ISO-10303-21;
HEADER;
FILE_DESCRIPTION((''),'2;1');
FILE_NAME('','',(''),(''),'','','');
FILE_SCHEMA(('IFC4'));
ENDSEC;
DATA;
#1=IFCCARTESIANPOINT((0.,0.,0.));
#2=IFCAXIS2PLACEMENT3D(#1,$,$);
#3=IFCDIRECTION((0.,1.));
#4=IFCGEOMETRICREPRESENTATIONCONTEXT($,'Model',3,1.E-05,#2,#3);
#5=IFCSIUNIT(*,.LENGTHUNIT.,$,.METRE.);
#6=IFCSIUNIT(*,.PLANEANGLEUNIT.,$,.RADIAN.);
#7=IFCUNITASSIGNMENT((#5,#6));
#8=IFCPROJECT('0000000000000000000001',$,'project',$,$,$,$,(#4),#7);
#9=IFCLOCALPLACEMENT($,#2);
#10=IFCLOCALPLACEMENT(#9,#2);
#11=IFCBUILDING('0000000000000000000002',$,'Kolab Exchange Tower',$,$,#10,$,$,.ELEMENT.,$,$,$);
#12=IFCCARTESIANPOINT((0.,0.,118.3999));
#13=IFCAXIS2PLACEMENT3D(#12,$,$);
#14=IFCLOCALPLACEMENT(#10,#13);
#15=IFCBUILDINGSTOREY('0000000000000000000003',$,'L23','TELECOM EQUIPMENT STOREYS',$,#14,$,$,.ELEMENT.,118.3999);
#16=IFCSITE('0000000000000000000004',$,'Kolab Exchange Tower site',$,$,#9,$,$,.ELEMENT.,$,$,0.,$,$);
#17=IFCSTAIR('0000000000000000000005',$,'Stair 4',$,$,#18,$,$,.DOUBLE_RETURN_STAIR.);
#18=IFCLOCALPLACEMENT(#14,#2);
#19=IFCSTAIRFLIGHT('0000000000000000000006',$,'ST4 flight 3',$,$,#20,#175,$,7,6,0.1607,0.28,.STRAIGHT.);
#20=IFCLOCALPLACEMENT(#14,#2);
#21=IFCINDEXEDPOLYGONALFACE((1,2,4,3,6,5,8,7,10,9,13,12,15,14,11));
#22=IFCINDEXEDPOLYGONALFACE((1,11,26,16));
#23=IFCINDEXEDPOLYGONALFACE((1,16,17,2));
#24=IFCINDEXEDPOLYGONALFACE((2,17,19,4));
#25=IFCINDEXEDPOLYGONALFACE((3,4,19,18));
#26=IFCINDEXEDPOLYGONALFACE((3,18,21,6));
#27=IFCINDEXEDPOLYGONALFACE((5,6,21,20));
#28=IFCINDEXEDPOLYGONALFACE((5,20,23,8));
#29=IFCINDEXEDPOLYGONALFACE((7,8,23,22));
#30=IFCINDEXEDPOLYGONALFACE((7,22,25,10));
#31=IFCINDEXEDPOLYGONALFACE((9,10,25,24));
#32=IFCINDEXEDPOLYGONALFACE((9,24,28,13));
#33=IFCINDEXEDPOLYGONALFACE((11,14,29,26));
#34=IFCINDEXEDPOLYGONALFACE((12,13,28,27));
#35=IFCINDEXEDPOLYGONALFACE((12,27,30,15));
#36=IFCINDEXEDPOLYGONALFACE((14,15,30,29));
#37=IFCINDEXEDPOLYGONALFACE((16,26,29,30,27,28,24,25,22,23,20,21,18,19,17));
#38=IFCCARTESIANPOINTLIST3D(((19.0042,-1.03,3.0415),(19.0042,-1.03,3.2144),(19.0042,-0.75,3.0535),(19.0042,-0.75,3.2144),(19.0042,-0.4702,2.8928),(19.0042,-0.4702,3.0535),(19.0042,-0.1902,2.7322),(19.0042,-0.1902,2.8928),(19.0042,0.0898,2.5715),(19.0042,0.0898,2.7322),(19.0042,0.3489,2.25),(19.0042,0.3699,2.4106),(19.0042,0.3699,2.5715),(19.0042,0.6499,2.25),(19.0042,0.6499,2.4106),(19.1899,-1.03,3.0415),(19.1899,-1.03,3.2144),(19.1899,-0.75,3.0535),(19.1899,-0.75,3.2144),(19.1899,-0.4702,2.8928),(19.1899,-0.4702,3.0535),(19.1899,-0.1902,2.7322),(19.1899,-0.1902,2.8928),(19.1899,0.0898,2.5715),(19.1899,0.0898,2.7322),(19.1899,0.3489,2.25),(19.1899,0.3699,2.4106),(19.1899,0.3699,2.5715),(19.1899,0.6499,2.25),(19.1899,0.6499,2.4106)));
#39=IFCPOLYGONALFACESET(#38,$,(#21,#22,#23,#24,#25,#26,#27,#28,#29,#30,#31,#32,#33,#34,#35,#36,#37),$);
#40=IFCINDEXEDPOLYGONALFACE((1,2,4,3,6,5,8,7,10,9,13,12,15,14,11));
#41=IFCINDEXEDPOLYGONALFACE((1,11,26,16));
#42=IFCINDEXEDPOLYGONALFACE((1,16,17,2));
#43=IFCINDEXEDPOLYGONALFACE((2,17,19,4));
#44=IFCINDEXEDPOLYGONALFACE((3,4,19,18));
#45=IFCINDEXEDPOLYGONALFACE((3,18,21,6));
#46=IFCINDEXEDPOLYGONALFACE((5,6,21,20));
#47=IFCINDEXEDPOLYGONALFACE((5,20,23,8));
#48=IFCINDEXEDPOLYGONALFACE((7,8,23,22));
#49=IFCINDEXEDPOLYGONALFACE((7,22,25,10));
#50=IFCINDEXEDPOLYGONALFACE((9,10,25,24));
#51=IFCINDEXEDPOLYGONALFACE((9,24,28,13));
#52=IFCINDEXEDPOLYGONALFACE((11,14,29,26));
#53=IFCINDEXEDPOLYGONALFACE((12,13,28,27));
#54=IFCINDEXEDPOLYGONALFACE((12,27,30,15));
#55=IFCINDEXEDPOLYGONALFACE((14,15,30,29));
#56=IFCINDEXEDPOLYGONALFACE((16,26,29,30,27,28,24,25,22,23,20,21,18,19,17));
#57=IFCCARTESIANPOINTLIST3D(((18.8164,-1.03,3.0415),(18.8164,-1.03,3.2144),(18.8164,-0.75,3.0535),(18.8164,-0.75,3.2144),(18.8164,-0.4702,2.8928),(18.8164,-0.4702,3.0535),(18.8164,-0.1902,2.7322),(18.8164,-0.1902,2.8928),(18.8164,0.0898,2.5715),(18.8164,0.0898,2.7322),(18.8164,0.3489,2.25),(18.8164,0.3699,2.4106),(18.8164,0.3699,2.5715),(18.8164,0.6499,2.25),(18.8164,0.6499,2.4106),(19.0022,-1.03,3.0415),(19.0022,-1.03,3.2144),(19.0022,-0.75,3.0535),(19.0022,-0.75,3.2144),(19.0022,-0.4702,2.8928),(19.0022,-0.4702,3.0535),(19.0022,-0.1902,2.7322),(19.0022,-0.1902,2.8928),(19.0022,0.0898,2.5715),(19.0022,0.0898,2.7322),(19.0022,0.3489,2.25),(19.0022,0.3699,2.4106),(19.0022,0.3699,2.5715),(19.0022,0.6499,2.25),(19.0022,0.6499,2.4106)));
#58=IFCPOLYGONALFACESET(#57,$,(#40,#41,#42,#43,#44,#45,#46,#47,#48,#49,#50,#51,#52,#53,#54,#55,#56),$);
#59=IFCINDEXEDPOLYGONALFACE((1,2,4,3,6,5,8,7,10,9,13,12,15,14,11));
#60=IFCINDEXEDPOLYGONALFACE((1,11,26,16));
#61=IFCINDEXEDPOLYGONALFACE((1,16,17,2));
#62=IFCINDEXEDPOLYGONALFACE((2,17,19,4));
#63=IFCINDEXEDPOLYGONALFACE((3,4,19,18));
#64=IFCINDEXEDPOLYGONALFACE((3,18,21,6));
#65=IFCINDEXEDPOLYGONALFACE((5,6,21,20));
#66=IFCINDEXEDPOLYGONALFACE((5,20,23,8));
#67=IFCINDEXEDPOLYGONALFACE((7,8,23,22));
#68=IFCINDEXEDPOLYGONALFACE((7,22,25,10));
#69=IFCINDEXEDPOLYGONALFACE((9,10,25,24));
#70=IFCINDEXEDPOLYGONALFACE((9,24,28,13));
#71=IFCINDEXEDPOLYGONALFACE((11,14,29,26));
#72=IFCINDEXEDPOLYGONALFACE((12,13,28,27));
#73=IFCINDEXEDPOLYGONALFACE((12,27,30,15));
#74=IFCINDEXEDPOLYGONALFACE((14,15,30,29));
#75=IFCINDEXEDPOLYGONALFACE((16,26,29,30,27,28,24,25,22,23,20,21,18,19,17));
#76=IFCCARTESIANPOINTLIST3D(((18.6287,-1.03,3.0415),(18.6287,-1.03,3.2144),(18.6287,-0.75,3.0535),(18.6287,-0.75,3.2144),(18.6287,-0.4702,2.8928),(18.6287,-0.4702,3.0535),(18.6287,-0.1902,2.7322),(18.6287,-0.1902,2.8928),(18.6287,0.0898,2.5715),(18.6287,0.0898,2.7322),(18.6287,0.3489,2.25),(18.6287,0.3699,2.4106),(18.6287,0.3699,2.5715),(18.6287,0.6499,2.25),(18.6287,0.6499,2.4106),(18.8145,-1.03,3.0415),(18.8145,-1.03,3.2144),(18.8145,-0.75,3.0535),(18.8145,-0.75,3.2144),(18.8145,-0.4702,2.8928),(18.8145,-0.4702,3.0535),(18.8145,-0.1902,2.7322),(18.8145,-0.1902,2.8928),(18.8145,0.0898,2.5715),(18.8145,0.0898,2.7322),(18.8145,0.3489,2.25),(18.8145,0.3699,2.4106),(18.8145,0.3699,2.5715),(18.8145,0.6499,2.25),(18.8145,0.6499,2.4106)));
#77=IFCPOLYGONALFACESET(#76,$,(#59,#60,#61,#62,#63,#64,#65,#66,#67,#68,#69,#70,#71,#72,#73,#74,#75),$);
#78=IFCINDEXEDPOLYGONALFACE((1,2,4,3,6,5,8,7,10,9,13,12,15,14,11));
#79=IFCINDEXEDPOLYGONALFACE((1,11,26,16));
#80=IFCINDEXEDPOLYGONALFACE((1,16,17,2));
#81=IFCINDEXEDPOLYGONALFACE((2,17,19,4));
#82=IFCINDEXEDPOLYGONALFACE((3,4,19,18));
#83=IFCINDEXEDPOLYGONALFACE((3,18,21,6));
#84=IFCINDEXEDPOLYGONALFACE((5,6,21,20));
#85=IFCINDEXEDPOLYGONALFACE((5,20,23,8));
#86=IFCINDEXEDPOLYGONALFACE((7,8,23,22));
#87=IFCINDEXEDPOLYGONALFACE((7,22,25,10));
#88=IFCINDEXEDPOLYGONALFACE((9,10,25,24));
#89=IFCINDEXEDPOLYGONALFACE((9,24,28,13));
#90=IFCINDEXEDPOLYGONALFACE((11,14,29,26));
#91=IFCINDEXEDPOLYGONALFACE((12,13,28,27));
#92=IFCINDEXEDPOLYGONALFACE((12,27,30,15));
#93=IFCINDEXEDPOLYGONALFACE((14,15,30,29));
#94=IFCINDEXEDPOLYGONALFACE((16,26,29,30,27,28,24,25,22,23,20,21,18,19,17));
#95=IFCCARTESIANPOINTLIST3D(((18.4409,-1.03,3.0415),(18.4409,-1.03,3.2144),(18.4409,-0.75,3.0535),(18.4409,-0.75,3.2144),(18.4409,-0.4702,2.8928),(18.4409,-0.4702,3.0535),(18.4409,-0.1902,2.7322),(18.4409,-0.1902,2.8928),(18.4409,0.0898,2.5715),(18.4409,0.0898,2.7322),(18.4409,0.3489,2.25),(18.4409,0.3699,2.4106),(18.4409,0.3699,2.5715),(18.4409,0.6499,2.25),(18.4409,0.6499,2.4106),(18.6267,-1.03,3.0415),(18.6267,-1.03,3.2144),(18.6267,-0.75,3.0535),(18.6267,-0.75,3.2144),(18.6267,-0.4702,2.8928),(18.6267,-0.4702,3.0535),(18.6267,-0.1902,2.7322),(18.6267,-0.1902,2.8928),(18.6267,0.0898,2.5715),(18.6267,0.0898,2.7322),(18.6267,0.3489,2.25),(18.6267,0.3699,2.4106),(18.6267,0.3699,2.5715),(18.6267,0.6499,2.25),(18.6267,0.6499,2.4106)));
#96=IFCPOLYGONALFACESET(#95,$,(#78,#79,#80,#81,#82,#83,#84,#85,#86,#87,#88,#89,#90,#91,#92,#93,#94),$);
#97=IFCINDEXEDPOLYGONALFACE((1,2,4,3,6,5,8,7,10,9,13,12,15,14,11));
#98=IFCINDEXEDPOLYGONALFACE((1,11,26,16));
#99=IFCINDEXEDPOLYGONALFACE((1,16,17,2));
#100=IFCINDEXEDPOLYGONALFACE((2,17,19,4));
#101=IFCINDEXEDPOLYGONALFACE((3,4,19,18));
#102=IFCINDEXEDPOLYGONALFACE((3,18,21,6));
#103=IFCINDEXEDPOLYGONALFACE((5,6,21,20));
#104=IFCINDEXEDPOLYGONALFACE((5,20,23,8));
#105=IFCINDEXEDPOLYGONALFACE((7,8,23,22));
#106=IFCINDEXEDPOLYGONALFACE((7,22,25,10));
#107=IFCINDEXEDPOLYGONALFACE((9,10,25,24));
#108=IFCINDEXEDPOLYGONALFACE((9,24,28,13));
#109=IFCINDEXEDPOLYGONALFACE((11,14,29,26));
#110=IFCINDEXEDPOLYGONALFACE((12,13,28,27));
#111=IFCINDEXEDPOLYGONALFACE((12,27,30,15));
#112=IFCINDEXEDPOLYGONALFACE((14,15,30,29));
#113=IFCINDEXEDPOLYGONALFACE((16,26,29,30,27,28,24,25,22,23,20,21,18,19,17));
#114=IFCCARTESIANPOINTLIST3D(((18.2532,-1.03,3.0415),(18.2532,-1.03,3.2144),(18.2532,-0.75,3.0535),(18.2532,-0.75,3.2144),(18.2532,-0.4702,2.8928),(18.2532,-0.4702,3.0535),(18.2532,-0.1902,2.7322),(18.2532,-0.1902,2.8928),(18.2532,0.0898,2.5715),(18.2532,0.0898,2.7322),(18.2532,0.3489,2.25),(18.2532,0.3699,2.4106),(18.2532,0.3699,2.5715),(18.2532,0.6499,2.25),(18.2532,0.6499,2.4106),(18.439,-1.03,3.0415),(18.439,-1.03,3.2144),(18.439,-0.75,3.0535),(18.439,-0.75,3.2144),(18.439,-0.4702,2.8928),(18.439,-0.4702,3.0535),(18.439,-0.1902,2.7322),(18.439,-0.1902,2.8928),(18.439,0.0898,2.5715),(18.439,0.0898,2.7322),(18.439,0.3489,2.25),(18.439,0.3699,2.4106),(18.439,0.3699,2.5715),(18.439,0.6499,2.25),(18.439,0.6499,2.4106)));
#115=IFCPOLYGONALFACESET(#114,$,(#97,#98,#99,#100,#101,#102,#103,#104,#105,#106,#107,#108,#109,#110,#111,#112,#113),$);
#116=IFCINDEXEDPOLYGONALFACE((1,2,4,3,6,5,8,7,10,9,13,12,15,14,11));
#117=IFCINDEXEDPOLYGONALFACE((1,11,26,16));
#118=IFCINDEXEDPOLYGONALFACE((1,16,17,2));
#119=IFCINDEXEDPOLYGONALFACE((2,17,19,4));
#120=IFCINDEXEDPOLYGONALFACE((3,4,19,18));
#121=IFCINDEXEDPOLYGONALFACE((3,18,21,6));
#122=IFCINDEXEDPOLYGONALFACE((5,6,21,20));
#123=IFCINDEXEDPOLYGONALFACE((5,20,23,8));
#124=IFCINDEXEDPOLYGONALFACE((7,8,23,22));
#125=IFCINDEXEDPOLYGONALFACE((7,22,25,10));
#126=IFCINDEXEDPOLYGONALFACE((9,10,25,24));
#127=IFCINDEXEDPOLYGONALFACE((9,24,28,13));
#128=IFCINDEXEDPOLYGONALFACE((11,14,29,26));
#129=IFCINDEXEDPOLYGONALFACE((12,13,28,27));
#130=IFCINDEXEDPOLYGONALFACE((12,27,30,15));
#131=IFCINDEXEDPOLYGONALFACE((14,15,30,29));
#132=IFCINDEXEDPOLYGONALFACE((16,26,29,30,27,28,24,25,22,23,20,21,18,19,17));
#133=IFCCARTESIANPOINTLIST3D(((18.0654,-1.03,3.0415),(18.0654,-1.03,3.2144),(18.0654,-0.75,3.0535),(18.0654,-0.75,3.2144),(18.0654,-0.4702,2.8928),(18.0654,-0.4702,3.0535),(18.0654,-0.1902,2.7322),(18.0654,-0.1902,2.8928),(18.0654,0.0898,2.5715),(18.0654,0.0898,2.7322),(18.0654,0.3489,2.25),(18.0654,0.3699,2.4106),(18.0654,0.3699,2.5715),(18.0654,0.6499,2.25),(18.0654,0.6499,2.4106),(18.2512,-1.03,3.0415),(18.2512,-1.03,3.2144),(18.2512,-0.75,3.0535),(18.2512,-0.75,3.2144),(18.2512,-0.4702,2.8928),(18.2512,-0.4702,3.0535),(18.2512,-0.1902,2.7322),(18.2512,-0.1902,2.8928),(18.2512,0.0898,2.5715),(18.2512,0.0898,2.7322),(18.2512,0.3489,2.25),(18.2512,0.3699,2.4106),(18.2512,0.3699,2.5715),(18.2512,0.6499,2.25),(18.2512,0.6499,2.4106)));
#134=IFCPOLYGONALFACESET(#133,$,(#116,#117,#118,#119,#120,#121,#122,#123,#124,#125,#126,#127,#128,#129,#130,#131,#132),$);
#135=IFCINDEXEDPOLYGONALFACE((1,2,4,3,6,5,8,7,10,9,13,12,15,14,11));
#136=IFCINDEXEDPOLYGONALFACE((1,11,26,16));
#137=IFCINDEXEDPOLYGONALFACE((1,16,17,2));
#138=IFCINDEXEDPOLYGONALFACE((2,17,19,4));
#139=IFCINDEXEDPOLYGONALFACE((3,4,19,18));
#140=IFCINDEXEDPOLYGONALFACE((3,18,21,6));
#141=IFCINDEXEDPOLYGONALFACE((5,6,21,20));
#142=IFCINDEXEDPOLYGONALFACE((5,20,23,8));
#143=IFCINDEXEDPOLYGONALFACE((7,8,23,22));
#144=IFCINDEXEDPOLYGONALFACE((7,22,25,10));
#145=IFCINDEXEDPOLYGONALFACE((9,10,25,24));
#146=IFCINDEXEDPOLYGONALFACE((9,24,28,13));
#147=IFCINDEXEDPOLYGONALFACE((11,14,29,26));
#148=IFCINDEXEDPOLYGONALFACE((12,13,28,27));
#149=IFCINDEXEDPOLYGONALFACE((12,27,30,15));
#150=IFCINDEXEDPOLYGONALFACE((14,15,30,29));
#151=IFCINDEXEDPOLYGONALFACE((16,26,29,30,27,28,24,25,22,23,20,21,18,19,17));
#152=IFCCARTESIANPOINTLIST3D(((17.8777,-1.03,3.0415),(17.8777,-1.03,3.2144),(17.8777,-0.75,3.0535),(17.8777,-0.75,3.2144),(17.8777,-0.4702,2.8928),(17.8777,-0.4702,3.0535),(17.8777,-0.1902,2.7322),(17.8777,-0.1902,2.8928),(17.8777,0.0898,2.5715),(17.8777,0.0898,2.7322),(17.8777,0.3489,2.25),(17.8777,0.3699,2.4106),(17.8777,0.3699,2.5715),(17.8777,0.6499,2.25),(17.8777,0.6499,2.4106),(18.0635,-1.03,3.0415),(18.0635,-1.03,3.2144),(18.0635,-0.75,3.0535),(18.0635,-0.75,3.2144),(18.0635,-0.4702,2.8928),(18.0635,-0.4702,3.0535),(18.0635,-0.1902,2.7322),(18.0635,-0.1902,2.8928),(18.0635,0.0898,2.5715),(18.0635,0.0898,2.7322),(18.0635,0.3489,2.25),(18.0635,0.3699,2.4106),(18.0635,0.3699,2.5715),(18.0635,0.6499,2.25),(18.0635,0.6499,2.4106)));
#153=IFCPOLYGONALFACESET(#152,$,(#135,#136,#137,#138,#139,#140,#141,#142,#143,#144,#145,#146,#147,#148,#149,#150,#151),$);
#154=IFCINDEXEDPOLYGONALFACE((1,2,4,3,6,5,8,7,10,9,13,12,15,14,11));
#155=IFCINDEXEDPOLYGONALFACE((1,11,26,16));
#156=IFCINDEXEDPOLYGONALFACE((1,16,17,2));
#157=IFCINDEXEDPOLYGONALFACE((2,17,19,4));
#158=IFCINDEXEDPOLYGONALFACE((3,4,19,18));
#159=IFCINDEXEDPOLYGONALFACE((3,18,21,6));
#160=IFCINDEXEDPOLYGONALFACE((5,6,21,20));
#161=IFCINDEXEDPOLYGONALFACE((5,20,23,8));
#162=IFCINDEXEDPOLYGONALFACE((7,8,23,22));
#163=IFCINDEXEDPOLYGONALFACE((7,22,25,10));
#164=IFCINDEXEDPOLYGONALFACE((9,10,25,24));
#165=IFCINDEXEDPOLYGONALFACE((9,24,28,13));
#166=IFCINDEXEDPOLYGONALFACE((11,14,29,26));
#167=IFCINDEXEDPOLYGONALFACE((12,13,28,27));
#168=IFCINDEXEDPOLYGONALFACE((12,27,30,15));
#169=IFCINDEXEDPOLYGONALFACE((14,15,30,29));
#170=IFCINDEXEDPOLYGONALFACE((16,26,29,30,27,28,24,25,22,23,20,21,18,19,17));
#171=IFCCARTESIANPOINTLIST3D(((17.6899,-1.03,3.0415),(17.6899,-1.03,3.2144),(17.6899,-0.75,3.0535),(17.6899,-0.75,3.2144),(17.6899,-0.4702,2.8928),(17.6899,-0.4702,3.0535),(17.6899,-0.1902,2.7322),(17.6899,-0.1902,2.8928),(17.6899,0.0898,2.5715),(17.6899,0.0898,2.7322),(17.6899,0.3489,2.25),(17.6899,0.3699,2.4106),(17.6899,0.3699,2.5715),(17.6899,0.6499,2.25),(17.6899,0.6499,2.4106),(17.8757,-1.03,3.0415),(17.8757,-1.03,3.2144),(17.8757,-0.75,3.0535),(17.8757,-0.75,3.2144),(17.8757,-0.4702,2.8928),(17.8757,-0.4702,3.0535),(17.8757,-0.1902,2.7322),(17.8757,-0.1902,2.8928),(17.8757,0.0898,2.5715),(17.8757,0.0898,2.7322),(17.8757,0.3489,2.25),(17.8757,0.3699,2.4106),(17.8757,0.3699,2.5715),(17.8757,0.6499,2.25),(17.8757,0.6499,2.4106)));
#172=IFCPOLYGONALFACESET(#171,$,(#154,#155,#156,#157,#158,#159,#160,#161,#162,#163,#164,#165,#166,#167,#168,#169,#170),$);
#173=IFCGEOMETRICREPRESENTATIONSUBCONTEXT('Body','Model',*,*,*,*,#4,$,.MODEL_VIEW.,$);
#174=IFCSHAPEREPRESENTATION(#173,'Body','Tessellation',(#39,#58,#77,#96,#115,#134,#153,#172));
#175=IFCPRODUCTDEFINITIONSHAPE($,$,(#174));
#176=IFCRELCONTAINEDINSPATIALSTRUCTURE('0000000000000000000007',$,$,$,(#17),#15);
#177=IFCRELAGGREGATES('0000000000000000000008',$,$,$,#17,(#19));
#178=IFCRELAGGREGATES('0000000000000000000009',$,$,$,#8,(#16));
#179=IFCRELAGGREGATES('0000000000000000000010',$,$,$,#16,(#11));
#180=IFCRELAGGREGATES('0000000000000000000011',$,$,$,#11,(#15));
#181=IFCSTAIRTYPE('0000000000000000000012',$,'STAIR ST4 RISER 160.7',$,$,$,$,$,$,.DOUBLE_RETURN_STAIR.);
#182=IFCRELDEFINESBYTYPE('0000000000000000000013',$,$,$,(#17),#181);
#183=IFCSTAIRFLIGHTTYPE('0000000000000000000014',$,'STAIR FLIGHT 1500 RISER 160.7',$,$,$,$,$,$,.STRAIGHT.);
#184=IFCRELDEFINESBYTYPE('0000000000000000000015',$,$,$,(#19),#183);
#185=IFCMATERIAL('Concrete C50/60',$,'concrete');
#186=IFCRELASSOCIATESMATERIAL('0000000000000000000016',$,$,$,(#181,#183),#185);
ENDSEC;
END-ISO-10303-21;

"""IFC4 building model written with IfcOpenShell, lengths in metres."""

from ifc_helpers import new_model, si_unit, direction, frame, origin, place, context, subcontext, project, spatial, polyline, outline, extrude, material, type_object, element, aggregate, save


model = new_model("IFC4")

# Units and contexts
model_context = context("Model", 3, precision=1e-05, world=origin(), true_north=direction((0.0, 1.0)))
body_context = subcontext(model_context, "Body", "Model", "MODEL_VIEW")
ifc_project = project(units=[si_unit("LENGTHUNIT", "METRE"), si_unit("PLANEANGLEUNIT", "RADIAN")], contexts=[model_context])

# Site, building, storey
site_placement = place(None, origin())
site = spatial("IfcSite", under=ifc_project, at=site_placement, Name="Kolab Exchange Tower site", CompositionType="ELEMENT", RefElevation=0.0)
building_placement = place(site_placement, origin())
building = spatial("IfcBuilding", under=site, at=building_placement, Name="Kolab Exchange Tower", CompositionType="ELEMENT")
storey_placement = place(building_placement, frame((0.0, 0.0, 118.3999)))
storey = spatial("IfcBuildingStorey", under=building, at=storey_placement, Name="L23", Description="TELECOM EQUIPMENT STOREYS", CompositionType="ELEMENT", Elevation=118.3999)

# Shared definitions
ifc_material_1 = material(Name="Concrete C50/60", Category="concrete")

# Stair, stair flight
stair_type = type_object("IfcStairType", Name="STAIR ST4 RISER 160.7", PredefinedType="DOUBLE_RETURN_STAIR", material=ifc_material_1)
stair_placement = place(storey_placement, origin())
stair = element("IfcStair", 1, at=stair_placement, inside=storey, type_object=stair_type, Name="Stair 4", PredefinedType="DOUBLE_RETURN_STAIR")
stair_flight_type = type_object("IfcStairFlightType", Name="STAIR FLIGHT 1500 RISER 160.7", PredefinedType="STRAIGHT", material=ifc_material_1)
stair_flight_1_placement = place(storey_placement, frame((18.4399, 0.6499, 2.25), z_axis=(0.0, 0.0, 1.0), x_axis=(0.0, -1.0, 0.0)))
stair_flight_1 = element("IfcStairFlight", 2, at=stair_flight_1_placement, type_object=stair_flight_type, Name="ST4 flight 3", NumberOfRisers=7, NumberOfTreads=6, PredefinedType="STRAIGHT", RiserHeight=0.1607, TreadLength=0.28, context=body_context, shape_type="SweptSolid", body=[
    extrude(outline(polyline([(0.0, 0.0), (0.0, 0.1606), (0.28, 0.1606), (0.28, 0.3215), (0.5601, 0.3215), (0.5601, 0.4822), (0.8401, 0.4822), (0.8401, 0.6428), (1.1201, 0.6428), (1.1201, 0.8035), (1.3999, 0.8035), (1.3999, 0.9644), (1.6799, 0.9644), (1.6799, 1.125), (1.6799, 0.7915), (0.301, 0.0), (0.0, 0.0)])), frame((0.0, 0.75, 0.0), z_axis=(0.0, -1.0, 0.0), x_axis=(1.0, 0.0, 0.0)), (0.0, 0.0, 1.0), 0.1858),
    extrude(outline(polyline([(0.0, 0.0), (0.0, 0.1606), (0.28, 0.1606), (0.28, 0.3215), (0.5601, 0.3215), (0.5601, 0.4822), (0.8401, 0.4822), (0.8401, 0.6428), (1.1201, 0.6428), (1.1201, 0.8035), (1.3999, 0.8035), (1.3999, 0.9644), (1.6799, 0.9644), (1.6799, 1.125), (1.6799, 0.7915), (0.301, 0.0), (0.0, 0.0)])), frame((0.0, 0.5623, 0.0), z_axis=(0.0, -1.0, 0.0), x_axis=(1.0, 0.0, 0.0)), (0.0, 0.0, 1.0), 0.1858),
    extrude(outline(polyline([(0.0, 0.0), (0.0, 0.1606), (0.28, 0.1606), (0.28, 0.3215), (0.5601, 0.3215), (0.5601, 0.4822), (0.8401, 0.4822), (0.8401, 0.6428), (1.1201, 0.6428), (1.1201, 0.8035), (1.3999, 0.8035), (1.3999, 0.9644), (1.6799, 0.9644), (1.6799, 1.125), (1.6799, 0.7915), (0.301, 0.0), (0.0, 0.0)])), frame((0.0, 0.3745, 0.0), z_axis=(0.0, -1.0, 0.0), x_axis=(1.0, 0.0, 0.0)), (0.0, 0.0, 1.0), 0.1858),
    extrude(outline(polyline([(0.0, 0.0), (0.0, 0.1606), (0.28, 0.1606), (0.28, 0.3215), (0.5601, 0.3215), (0.5601, 0.4822), (0.8401, 0.4822), (0.8401, 0.6428), (1.1201, 0.6428), (1.1201, 0.8035), (1.3999, 0.8035), (1.3999, 0.9644), (1.6799, 0.9644), (1.6799, 1.125), (1.6799, 0.7915), (0.301, 0.0), (0.0, 0.0)])), frame((0.0, 0.1868, 0.0), z_axis=(0.0, -1.0, 0.0), x_axis=(1.0, 0.0, 0.0)), (0.0, 0.0, 1.0), 0.1858),
    extrude(outline(polyline([(0.0, 0.0), (0.0, 0.1606), (0.28, 0.1606), (0.28, 0.3215), (0.5601, 0.3215), (0.5601, 0.4822), (0.8401, 0.4822), (0.8401, 0.6428), (1.1201, 0.6428), (1.1201, 0.8035), (1.3999, 0.8035), (1.3999, 0.9644), (1.6799, 0.9644), (1.6799, 1.125), (1.6799, 0.7915), (0.301, 0.0), (0.0, 0.0)])), frame((0.0, -0.001, 0.0), z_axis=(0.0, -1.0, 0.0), x_axis=(1.0, 0.0, 0.0)), (0.0, 0.0, 1.0), 0.1858),
    extrude(outline(polyline([(0.0, 0.0), (0.0, 0.1606), (0.28, 0.1606), (0.28, 0.3215), (0.5601, 0.3215), (0.5601, 0.4822), (0.8401, 0.4822), (0.8401, 0.6428), (1.1201, 0.6428), (1.1201, 0.8035), (1.3999, 0.8035), (1.3999, 0.9644), (1.6799, 0.9644), (1.6799, 1.125), (1.6799, 0.7915), (0.301, 0.0), (0.0, 0.0)])), frame((0.0, -0.1887, 0.0), z_axis=(0.0, -1.0, 0.0), x_axis=(1.0, 0.0, 0.0)), (0.0, 0.0, 1.0), 0.1858),
    extrude(outline(polyline([(0.0, 0.0), (0.0, 0.1606), (0.28, 0.1606), (0.28, 0.3215), (0.5601, 0.3215), (0.5601, 0.4822), (0.8401, 0.4822), (0.8401, 0.6428), (1.1201, 0.6428), (1.1201, 0.8035), (1.3999, 0.8035), (1.3999, 0.9644), (1.6799, 0.9644), (1.6799, 1.125), (1.6799, 0.7915), (0.301, 0.0), (0.0, 0.0)])), frame((0.0, -0.3765, 0.0), z_axis=(0.0, -1.0, 0.0), x_axis=(1.0, 0.0, 0.0)), (0.0, 0.0, 1.0), 0.1858),
    extrude(outline(polyline([(0.0, 0.0), (0.0, 0.1606), (0.28, 0.1606), (0.28, 0.3215), (0.5601, 0.3215), (0.5601, 0.4822), (0.8401, 0.4822), (0.8401, 0.6428), (1.1201, 0.6428), (1.1201, 0.8035), (1.3999, 0.8035), (1.3999, 0.9644), (1.6799, 0.9644), (1.6799, 1.125), (1.6799, 0.7915), (0.301, 0.0), (0.0, 0.0)])), frame((0.0, -0.5642, 0.0), z_axis=(0.0, -1.0, 0.0), x_axis=(1.0, 0.0, 0.0)), (0.0, 0.0, 1.0), 0.1858),
])
aggregate(stair, [stair_flight_1])

save(model, "model.ifc")
